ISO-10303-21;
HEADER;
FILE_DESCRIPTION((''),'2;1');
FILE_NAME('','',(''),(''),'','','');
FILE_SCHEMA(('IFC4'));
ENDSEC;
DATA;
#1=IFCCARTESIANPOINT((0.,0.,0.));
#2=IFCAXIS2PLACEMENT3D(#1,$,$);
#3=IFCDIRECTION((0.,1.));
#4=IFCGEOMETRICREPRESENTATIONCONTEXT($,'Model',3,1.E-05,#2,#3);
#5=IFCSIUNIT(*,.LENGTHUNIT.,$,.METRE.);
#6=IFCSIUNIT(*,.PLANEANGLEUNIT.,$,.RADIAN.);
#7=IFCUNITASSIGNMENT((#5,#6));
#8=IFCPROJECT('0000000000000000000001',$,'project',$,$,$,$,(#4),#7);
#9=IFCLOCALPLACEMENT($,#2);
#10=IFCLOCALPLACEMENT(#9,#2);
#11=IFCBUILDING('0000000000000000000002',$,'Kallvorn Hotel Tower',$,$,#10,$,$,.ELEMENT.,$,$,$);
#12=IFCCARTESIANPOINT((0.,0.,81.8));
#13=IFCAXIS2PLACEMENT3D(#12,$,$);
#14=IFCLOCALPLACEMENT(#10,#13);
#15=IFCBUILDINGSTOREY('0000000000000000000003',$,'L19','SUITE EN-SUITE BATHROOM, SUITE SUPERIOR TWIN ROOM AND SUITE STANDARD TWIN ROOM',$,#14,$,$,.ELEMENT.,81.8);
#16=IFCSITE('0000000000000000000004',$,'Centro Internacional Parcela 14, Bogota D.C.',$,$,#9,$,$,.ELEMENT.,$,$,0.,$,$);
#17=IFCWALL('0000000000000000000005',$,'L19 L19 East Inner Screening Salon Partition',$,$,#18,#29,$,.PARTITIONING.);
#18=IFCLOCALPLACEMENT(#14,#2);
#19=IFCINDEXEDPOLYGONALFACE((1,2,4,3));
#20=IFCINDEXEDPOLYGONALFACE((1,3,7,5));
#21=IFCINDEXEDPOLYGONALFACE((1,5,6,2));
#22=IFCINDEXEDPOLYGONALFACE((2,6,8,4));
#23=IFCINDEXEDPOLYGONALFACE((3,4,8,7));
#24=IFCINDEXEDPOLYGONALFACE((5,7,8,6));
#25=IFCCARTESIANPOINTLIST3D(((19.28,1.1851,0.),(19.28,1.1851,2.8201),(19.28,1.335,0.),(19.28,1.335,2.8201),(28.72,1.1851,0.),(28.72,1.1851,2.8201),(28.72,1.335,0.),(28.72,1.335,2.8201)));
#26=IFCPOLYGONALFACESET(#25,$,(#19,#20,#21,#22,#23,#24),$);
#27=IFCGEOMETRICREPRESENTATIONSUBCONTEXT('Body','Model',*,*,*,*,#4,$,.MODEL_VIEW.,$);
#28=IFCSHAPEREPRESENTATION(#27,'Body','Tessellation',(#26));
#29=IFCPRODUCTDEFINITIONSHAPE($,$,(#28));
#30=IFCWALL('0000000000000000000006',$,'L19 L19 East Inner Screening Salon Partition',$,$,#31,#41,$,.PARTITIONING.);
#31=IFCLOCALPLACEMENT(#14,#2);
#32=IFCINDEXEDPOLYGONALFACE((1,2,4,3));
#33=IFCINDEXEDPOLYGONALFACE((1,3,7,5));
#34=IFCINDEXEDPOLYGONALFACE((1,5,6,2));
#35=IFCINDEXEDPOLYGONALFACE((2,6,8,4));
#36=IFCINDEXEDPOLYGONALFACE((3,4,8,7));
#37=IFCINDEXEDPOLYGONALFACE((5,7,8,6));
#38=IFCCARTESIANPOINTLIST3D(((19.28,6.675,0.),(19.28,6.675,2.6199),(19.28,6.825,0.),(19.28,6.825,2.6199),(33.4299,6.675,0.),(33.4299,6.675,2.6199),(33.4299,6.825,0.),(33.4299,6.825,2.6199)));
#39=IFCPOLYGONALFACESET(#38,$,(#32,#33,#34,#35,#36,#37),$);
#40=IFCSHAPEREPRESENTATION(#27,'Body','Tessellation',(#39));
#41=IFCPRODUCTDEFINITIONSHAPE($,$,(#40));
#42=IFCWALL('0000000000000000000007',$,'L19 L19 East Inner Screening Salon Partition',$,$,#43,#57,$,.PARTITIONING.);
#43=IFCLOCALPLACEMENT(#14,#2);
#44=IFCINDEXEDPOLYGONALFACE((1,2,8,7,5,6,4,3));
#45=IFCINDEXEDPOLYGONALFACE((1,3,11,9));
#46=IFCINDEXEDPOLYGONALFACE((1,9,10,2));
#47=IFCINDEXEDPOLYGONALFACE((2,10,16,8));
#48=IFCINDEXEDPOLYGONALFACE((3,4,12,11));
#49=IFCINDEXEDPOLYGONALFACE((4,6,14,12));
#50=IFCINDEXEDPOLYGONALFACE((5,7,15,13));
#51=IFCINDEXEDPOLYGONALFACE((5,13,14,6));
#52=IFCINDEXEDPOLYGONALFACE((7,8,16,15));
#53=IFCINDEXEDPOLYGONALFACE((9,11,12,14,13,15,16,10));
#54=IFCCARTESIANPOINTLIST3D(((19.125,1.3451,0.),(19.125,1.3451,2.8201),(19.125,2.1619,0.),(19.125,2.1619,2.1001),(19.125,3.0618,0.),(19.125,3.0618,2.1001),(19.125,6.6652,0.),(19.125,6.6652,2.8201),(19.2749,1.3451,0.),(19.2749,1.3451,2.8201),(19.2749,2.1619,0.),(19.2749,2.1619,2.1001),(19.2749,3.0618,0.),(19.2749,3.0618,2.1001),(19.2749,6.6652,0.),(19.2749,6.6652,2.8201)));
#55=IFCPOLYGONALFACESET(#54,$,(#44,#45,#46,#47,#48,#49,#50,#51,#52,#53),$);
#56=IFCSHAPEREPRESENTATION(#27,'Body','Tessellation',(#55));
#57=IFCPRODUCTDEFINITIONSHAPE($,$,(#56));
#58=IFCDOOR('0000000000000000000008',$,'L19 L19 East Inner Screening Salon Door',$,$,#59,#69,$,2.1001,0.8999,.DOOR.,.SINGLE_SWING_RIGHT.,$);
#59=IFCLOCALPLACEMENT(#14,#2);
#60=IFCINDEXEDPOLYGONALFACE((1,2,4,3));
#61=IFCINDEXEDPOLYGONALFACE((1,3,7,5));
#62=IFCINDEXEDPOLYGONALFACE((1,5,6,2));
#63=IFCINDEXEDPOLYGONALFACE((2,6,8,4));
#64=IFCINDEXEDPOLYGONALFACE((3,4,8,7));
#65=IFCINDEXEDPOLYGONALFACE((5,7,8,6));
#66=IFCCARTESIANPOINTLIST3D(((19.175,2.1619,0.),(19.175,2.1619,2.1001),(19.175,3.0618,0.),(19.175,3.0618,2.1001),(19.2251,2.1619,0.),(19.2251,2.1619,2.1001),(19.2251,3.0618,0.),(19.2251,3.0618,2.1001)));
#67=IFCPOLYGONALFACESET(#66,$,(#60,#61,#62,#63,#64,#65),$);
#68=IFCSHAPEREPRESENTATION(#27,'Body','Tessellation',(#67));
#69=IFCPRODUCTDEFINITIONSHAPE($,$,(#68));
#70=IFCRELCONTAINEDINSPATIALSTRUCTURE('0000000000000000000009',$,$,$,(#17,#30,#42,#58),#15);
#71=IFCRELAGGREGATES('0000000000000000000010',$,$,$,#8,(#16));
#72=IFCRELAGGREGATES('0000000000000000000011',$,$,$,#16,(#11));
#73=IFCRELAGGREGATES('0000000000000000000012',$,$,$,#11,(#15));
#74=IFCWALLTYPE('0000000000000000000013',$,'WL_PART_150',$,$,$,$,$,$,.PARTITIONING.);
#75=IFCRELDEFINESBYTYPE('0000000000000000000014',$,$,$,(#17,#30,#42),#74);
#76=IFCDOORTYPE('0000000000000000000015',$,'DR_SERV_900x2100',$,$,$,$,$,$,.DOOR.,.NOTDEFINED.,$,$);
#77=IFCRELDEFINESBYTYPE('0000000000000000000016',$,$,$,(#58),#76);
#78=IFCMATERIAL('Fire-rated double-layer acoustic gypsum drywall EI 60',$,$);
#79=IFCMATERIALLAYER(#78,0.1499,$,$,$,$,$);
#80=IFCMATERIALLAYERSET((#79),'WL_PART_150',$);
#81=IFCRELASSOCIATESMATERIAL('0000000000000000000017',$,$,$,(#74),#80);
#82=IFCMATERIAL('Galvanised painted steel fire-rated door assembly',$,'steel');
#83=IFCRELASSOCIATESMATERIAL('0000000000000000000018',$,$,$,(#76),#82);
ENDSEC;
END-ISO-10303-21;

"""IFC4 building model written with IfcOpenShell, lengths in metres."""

from ifc_helpers import new_model, si_unit, direction, frame, frame_2d, origin, place, context, subcontext, project, spatial, rectangle, extrude, material, layer, layer_set, type_object, element, fill, save


model = new_model("IFC4")

# Units and contexts
model_context = context("Model", 3, precision=1e-05, world=origin(), true_north=direction((0.0, 1.0)))
body_context = subcontext(model_context, "Body", "Model", "MODEL_VIEW")
ifc_project = project(units=[si_unit("LENGTHUNIT", "METRE"), si_unit("PLANEANGLEUNIT", "RADIAN")], contexts=[model_context])

# Site, building, storey
site_placement = place(None, origin())
site = spatial("IfcSite", under=ifc_project, at=site_placement, Name="Centro Internacional Parcela 14, Bogota D.C.", CompositionType="ELEMENT", RefElevation=0.0)
building_placement = place(site_placement, origin())
building = spatial("IfcBuilding", under=site, at=building_placement, Name="Kallvorn Hotel Tower", CompositionType="ELEMENT")
storey_placement = place(building_placement, frame((0.0, 0.0, 81.8)))
storey = spatial("IfcBuildingStorey", under=building, at=storey_placement, Name="L19", Description="SUITE EN-SUITE BATHROOM, SUITE SUPERIOR TWIN ROOM AND SUITE STANDARD TWIN ROOM", CompositionType="ELEMENT", Elevation=81.8)

# Walls
ifc_material_1 = material(Name="Fire-rated double-layer acoustic gypsum drywall EI 60")
ifc_layer_1 = layer(ifc_material_1, 0.1499)
ifc_layer_set_1 = layer_set([ifc_layer_1], Name="WL_PART_150")
wall_type_1 = type_object("IfcWallType", Name="WL_PART_150", PredefinedType="PARTITIONING", material=ifc_layer_set_1)
for number, where, z_axis, x_axis, name in (
    (1, (19.28, 1.26, 0.0), (0.0, 0.0, 1.0), (1.0, 0.0, 0.0), "L19 L19 East Inner Screening Salon Partition"),
):
    element("IfcWall", number, at=place(storey_placement, frame(where, z_axis=z_axis, x_axis=x_axis)), inside=storey, type_object=wall_type_1, Name=name, PredefinedType="PARTITIONING", context=body_context, shape_type="SweptSolid", body=[
        extrude(rectangle(XDim=9.4399, YDim=0.1499, at=frame_2d((4.72, 0.0))), origin(), (0.0, 0.0, 1.0), 2.8201),
    ])
wall_1_placement = place(storey_placement, frame((19.28, 6.75, 0.0), z_axis=(0.0, 0.0, 1.0), x_axis=(1.0, 0.0, 0.0)))
element("IfcWall", 2, at=wall_1_placement, inside=storey, type_object=wall_type_1, Name="L19 L19 East Inner Screening Salon Partition", PredefinedType="PARTITIONING", context=body_context, shape_type="SweptSolid", body=[
    extrude(rectangle(XDim=14.1499, YDim=0.1499, at=frame_2d((7.075, 0.0))), origin(), (0.0, 0.0, 1.0), 2.6199),
])

# Wall, opening, door
wall_2_placement = place(storey_placement, frame((19.2, 1.345, 0.0), z_axis=(0.0, 0.0, 1.0), x_axis=(0.0, 1.0, 0.0)))
wall_2 = element("IfcWall", 3, at=wall_2_placement, inside=storey, type_object=wall_type_1, Name="L19 L19 East Inner Screening Salon Partition", PredefinedType="PARTITIONING", context=body_context, shape_type="SweptSolid", body=[
    extrude(rectangle(XDim=5.3201, YDim=0.1499, at=frame_2d((2.6602, 0.0))), origin(), (0.0, 0.0, 1.0), 2.8201),
])
opening_1_placement = place(wall_2_placement, frame((0.8169, 0.0, 0.0)))
opening_1 = element("IfcOpeningElement", 4, at=opening_1_placement, cuts=wall_2, PredefinedType="OPENING", context=body_context, shape_type="SweptSolid", body=[
    extrude(rectangle(XDim=0.8999, YDim=2.1001, at=frame_2d((0.45, 1.05))), frame((0.0, 0.0898, 0.0), z_axis=(0.0, -1.0, 0.0), x_axis=(1.0, 0.0, 0.0)), (0.0, 0.0, 1.0), 0.1799),
])
ifc_material_2 = material(Name="Galvanised painted steel fire-rated door assembly", Category="steel")
door_type_1 = type_object("IfcDoorType", Name="DR_SERV_900x2100", OperationType="NOTDEFINED", PredefinedType="DOOR", material=ifc_material_2)
door_1_placement = place(opening_1_placement, origin())
door_1 = element("IfcDoor", 5, at=door_1_placement, inside=storey, type_object=door_type_1, Name="L19 L19 East Inner Screening Salon Door", OperationType="SINGLE_SWING_RIGHT", OverallHeight=2.1001, OverallWidth=0.8999, PredefinedType="DOOR", context=body_context, shape_type="SweptSolid", body=[
    extrude(rectangle(XDim=0.8999, YDim=2.1001, at=frame_2d((0.45, 1.05))), frame((0.0, 0.0249, 0.0), z_axis=(0.0, -1.0, 0.0), x_axis=(1.0, 0.0, 0.0)), (0.0, 0.0, 1.0), 0.05),
])
fill(opening_1, door_1)

save(model, "model.ifc")
